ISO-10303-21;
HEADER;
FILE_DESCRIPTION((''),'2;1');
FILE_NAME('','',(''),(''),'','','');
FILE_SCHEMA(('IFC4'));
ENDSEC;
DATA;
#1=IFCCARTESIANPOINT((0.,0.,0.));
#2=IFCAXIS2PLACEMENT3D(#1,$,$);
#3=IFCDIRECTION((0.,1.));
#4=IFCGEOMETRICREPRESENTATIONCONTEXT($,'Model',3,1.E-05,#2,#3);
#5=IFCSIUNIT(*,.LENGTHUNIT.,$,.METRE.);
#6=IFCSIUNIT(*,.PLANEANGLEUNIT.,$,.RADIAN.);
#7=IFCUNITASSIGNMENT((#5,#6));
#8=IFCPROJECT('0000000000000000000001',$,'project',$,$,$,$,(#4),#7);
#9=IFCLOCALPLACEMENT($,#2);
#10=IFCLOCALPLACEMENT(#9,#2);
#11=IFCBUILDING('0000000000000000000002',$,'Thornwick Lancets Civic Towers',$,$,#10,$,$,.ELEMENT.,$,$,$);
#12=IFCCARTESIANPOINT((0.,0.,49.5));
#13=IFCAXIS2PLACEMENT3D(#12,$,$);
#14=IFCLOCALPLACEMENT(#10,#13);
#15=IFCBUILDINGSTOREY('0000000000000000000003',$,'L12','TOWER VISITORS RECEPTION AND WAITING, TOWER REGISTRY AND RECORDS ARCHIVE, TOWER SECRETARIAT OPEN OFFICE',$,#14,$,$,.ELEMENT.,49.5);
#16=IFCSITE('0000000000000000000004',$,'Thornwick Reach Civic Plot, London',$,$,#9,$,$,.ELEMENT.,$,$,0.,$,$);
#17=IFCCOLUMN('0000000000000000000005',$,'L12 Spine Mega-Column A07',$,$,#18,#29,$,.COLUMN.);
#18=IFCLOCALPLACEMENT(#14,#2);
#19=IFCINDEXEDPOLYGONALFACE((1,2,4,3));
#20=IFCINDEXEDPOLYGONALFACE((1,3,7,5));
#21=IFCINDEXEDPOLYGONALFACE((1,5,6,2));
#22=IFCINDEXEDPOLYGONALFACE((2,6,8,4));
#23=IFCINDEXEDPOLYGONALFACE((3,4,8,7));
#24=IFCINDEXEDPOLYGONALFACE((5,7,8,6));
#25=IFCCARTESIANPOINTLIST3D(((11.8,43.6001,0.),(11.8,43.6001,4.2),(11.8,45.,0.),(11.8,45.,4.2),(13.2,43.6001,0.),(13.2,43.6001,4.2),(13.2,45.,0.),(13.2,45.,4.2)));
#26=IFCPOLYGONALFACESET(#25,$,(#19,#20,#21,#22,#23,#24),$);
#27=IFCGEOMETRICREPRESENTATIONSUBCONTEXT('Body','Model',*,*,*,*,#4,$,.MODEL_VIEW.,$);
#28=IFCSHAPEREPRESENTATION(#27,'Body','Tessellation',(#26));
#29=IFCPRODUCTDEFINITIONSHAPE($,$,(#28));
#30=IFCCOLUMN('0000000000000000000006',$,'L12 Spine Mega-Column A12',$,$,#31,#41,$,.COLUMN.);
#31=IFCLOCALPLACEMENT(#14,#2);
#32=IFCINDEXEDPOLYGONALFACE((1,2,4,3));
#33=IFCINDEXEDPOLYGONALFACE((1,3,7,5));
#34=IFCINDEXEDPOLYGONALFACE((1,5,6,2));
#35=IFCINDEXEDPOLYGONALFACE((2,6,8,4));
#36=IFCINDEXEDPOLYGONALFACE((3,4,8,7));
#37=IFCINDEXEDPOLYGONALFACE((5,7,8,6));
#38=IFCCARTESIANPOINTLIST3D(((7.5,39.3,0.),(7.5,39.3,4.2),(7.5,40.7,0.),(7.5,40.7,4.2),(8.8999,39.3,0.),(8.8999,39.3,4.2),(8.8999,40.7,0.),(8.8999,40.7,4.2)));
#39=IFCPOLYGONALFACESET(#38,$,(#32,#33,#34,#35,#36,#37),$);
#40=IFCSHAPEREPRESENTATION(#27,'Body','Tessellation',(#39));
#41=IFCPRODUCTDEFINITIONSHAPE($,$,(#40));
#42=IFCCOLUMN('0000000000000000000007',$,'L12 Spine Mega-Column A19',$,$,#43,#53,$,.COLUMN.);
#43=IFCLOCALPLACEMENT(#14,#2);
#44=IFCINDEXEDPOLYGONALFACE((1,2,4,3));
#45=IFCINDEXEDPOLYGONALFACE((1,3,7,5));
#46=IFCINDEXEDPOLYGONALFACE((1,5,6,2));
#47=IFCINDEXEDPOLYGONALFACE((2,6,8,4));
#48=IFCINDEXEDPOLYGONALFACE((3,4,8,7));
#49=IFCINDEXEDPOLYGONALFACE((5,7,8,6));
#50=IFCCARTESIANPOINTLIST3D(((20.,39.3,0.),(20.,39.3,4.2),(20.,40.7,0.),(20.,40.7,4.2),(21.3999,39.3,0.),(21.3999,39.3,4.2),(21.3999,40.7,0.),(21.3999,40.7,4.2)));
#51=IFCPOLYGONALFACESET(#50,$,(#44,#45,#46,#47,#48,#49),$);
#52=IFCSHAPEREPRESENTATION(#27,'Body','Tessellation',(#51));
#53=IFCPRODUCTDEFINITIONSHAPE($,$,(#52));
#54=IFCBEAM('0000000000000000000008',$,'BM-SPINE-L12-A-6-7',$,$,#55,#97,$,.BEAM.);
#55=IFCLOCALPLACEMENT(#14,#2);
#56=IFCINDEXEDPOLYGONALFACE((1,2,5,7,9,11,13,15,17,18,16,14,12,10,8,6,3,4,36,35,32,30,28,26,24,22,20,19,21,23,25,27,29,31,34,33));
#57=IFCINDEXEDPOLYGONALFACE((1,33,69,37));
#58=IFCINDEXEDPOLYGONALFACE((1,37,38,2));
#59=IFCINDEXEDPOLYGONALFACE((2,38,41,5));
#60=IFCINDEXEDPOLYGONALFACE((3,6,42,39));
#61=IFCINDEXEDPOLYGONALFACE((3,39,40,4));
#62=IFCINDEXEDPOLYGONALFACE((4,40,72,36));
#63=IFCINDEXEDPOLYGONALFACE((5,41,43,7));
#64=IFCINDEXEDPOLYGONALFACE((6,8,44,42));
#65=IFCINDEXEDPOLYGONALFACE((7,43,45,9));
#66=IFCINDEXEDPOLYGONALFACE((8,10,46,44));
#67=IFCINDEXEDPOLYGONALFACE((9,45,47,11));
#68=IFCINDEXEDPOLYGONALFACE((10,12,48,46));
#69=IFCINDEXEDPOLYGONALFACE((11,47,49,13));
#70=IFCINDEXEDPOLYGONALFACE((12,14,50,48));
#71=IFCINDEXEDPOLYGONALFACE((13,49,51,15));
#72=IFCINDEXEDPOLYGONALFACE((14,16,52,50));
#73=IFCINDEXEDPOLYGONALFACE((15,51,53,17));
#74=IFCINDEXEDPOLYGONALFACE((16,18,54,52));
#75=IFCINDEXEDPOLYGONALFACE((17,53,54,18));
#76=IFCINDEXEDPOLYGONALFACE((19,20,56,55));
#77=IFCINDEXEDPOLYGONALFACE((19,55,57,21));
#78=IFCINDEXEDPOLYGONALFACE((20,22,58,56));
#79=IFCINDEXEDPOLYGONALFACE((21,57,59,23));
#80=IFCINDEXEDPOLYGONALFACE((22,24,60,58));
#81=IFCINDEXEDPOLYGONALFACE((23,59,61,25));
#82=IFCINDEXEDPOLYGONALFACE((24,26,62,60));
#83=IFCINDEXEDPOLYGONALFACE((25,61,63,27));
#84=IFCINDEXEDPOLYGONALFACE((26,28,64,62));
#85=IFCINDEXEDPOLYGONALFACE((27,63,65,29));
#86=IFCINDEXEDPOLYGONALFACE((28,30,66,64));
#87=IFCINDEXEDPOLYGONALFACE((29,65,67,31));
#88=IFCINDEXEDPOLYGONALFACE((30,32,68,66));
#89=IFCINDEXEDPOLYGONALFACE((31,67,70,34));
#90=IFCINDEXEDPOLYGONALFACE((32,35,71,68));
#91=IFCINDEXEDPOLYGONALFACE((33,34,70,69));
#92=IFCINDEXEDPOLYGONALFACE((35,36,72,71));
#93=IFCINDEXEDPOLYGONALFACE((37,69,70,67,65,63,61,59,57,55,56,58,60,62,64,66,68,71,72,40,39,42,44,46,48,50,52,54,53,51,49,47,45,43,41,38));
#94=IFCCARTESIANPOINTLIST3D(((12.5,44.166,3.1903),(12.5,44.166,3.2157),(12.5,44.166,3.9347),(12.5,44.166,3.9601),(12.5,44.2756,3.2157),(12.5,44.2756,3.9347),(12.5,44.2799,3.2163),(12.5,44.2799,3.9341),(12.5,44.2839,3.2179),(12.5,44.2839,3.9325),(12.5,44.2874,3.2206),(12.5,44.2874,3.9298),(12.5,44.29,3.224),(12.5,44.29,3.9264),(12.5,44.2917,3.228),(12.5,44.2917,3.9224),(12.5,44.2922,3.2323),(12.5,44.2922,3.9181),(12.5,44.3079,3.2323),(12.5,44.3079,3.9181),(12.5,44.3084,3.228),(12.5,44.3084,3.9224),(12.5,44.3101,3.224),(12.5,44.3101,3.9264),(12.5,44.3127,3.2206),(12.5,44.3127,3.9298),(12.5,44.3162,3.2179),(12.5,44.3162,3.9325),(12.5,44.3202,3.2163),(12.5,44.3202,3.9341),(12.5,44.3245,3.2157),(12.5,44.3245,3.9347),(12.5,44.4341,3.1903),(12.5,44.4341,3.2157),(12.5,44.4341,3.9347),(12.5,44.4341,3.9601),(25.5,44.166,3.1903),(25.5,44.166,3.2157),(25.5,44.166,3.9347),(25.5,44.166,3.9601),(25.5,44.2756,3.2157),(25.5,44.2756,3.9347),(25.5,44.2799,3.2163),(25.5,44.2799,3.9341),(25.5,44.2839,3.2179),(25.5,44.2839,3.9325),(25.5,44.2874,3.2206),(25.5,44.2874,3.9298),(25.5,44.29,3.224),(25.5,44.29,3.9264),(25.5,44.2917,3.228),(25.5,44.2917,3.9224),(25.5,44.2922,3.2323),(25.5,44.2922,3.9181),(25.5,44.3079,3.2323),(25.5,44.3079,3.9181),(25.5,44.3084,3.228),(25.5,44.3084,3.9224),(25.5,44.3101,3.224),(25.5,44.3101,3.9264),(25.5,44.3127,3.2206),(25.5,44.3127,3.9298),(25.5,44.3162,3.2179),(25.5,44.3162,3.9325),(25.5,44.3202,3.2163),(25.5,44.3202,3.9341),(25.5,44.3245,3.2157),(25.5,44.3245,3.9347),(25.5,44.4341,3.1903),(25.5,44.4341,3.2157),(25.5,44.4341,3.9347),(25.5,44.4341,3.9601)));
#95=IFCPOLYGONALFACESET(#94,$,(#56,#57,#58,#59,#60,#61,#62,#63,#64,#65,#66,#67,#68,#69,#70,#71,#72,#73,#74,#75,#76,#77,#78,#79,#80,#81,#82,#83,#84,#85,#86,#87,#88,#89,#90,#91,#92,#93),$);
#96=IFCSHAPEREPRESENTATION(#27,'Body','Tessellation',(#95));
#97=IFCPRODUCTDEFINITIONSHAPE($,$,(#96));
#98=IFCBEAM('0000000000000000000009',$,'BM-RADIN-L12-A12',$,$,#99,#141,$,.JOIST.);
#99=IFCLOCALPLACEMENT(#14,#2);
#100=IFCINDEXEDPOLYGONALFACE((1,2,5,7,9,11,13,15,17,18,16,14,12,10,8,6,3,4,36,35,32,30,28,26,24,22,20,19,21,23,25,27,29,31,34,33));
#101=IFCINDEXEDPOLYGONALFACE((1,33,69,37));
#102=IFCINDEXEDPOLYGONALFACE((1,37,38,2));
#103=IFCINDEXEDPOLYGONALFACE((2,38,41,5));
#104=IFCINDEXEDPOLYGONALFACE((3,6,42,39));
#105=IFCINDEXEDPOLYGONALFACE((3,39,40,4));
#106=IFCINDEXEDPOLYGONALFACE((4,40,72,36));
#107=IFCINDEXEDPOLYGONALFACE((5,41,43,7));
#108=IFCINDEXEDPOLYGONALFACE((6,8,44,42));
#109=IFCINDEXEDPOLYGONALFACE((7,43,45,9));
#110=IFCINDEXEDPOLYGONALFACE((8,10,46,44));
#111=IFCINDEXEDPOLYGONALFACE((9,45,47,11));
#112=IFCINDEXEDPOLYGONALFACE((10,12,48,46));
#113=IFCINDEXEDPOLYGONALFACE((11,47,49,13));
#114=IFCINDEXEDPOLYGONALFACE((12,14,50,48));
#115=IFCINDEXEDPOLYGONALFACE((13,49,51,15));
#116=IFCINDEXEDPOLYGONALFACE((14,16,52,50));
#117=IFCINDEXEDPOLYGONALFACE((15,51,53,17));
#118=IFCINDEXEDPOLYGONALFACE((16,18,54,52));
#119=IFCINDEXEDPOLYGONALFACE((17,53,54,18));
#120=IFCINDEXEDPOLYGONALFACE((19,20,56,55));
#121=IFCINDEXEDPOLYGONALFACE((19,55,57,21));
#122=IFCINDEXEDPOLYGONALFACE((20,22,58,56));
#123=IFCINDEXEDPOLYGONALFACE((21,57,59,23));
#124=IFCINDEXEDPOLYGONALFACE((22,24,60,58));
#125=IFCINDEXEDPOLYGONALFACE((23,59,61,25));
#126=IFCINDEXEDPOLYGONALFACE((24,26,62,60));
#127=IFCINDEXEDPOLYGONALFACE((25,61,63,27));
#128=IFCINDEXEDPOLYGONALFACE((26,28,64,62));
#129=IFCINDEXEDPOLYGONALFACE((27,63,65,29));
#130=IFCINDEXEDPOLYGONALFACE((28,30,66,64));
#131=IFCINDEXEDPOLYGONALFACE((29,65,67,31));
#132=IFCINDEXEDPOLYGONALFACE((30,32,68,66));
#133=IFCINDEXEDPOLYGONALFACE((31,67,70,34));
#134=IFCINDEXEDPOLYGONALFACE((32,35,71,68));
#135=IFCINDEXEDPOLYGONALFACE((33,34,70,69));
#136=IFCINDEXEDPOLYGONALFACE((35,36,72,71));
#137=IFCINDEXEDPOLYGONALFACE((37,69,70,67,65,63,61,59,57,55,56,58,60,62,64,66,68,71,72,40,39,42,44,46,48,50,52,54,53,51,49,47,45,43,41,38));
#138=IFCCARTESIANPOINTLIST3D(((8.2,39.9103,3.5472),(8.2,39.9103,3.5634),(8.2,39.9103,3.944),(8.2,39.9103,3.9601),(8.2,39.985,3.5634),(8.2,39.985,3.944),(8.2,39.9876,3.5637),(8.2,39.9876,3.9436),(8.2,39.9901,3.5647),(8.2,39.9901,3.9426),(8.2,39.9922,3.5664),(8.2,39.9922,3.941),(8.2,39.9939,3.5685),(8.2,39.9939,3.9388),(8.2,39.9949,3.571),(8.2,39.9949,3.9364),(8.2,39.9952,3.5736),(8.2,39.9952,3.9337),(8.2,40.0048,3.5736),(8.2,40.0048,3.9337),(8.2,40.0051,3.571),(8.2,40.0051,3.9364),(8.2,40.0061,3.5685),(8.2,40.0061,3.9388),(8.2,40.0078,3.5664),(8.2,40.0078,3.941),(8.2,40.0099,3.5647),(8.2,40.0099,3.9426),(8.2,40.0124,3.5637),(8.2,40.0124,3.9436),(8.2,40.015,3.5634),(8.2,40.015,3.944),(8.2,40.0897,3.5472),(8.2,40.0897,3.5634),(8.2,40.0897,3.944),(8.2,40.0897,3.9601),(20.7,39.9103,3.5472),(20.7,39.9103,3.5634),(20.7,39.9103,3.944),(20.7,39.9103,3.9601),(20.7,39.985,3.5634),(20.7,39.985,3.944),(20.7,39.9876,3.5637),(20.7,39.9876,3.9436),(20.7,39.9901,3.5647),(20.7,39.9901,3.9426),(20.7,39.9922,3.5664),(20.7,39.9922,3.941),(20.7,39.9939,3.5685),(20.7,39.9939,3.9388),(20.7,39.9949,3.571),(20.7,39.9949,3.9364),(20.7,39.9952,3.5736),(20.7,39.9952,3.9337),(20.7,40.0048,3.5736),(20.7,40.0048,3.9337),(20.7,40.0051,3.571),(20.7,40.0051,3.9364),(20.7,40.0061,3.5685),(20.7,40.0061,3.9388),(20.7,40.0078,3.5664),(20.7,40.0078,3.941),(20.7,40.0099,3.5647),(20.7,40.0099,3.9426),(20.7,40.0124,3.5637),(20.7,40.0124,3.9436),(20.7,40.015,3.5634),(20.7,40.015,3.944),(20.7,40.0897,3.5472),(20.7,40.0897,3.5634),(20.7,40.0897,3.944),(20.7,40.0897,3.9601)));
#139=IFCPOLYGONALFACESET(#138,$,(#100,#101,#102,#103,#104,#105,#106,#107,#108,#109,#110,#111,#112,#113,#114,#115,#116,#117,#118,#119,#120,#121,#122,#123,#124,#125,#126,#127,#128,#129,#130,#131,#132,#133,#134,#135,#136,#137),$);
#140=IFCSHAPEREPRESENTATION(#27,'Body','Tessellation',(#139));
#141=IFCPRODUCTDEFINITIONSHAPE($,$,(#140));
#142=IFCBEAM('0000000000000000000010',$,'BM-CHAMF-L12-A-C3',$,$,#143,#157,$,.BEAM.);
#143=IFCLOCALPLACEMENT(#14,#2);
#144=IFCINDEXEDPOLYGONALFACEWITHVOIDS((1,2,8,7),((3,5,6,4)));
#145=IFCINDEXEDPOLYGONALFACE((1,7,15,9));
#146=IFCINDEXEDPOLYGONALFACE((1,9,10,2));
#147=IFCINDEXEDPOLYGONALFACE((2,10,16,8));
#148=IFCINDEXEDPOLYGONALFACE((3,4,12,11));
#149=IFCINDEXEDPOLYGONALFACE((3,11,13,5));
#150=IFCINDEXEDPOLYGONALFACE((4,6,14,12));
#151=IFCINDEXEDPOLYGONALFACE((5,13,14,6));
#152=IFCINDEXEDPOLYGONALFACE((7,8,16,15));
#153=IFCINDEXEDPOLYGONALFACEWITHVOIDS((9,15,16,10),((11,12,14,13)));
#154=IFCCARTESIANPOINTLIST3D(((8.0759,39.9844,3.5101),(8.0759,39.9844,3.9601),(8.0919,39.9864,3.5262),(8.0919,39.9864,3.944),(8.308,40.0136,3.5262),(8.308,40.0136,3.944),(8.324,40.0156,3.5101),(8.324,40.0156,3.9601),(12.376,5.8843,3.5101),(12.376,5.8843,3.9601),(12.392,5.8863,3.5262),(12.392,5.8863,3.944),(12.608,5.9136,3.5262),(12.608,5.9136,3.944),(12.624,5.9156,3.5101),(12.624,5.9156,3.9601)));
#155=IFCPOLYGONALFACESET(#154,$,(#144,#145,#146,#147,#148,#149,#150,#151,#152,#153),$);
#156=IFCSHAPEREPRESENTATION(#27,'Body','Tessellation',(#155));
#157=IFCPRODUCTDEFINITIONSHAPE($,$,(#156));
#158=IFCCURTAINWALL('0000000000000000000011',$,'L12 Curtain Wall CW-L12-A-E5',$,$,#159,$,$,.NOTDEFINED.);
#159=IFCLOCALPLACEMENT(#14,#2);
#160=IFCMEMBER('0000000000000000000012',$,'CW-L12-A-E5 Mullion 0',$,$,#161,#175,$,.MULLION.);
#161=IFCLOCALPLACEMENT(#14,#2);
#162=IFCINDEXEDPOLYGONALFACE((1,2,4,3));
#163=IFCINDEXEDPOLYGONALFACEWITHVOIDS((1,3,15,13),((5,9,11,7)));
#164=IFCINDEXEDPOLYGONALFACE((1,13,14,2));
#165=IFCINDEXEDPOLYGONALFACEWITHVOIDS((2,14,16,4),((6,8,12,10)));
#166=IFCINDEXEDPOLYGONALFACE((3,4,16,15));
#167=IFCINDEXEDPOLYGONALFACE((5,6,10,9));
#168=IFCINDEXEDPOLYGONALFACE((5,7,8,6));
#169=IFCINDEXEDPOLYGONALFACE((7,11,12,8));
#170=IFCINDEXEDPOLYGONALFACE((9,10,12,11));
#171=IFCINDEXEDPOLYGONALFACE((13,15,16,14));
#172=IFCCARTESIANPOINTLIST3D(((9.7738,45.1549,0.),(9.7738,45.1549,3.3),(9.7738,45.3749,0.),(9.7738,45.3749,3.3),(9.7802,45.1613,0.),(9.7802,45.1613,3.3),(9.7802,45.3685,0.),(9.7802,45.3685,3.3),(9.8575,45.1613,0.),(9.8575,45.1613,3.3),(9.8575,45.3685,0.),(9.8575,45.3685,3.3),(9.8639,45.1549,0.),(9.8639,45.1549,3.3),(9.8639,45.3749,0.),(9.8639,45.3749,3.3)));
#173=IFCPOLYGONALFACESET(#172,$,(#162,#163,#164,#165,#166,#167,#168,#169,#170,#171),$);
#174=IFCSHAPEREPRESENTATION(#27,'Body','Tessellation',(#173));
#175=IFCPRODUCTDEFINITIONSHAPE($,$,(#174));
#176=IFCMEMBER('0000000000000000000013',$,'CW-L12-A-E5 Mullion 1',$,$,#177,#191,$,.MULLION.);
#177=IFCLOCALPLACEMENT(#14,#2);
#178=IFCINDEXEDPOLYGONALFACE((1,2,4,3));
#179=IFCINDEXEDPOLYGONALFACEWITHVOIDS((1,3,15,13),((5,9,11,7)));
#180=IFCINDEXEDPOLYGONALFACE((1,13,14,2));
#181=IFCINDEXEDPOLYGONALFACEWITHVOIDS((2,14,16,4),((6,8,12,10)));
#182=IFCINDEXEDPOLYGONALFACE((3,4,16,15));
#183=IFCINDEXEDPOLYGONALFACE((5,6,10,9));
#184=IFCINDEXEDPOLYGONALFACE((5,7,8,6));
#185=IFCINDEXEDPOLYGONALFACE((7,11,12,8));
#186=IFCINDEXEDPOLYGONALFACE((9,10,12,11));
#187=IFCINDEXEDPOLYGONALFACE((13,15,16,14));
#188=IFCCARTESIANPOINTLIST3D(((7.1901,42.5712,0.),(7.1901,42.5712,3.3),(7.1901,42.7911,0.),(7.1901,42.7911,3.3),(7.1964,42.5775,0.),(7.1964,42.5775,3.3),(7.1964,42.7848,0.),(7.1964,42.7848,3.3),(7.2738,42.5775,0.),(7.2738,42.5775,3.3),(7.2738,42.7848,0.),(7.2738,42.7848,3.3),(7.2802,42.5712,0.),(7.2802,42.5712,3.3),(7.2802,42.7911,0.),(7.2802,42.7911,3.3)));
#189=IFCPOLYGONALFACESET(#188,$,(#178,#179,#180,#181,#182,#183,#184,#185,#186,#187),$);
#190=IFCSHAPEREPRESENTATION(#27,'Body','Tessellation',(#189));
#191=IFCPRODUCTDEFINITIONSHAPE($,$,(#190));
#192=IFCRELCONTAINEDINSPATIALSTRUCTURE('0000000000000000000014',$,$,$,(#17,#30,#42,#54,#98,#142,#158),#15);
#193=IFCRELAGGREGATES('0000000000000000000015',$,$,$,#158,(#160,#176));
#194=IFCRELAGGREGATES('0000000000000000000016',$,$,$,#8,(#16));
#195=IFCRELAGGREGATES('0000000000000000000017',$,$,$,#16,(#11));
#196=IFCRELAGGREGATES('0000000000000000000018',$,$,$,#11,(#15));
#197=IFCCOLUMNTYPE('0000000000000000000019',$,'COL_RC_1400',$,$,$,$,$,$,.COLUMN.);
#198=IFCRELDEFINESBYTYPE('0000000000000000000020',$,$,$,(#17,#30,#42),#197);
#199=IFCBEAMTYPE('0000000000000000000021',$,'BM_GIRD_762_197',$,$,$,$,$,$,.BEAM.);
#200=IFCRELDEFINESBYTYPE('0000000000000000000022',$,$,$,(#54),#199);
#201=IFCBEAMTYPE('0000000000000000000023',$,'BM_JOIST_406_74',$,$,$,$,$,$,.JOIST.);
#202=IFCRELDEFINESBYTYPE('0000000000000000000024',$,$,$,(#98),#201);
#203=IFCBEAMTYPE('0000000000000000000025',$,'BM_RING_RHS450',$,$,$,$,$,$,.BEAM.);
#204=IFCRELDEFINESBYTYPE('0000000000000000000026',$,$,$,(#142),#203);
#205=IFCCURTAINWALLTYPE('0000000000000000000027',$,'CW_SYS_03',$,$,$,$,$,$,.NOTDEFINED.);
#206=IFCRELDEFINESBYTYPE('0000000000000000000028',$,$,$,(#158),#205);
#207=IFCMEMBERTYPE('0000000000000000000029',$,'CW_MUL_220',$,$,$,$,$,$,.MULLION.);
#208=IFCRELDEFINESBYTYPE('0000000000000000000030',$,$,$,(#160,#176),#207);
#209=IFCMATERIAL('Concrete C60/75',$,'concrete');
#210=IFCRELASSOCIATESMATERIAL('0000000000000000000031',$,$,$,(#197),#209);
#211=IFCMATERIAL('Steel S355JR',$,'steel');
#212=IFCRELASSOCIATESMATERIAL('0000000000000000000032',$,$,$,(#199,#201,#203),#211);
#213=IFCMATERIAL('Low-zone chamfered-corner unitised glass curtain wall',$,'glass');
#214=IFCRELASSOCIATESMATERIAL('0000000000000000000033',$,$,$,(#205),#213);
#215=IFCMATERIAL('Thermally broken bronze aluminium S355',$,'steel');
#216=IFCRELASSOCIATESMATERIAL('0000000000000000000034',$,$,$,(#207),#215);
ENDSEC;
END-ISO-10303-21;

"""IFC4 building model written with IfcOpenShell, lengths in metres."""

from ifc_helpers import new_model, si_unit, direction, frame, origin, origin_2d, place, context, subcontext, project, spatial, rectangle, hollow_rectangle, i_section, extrude, material, material_profile, profile_set, type_object, element, aggregate, save


model = new_model("IFC4")

# Units and contexts
model_context = context("Model", 3, precision=1e-05, world=origin(), true_north=direction((0.0, 1.0)))
body_context = subcontext(model_context, "Body", "Model", "MODEL_VIEW")
ifc_project = project(units=[si_unit("LENGTHUNIT", "METRE"), si_unit("PLANEANGLEUNIT", "RADIAN")], contexts=[model_context])

# Site, building, storey
site_placement = place(None, origin())
site = spatial("IfcSite", under=ifc_project, at=site_placement, Name="Thornwick Reach Civic Plot, London", CompositionType="ELEMENT", RefElevation=0.0)
building_placement = place(site_placement, origin())
building = spatial("IfcBuilding", under=site, at=building_placement, Name="Thornwick Lancets Civic Towers", CompositionType="ELEMENT")
storey_placement = place(building_placement, frame((0.0, 0.0, 49.5)))
storey = spatial("IfcBuildingStorey", under=building, at=storey_placement, Name="L12", Description="TOWER VISITORS RECEPTION AND WAITING, TOWER REGISTRY AND RECORDS ARCHIVE, TOWER SECRETARIAT OPEN OFFICE", CompositionType="ELEMENT", Elevation=49.5)

# Columns
ifc_material_1 = material(Name="Concrete C60/75", Category="concrete")
ifc_material_profile_1 = material_profile(ifc_material_1, rectangle(XDim=1.3999, YDim=1.3999, at=origin_2d()), Name="RC 1400x1400")
ifc_profile_set_1 = profile_set([ifc_material_profile_1], Name="Concrete C60/75")
column_type = type_object("IfcColumnType", Name="COL_RC_1400", PredefinedType="COLUMN", material=ifc_profile_set_1)
for number, where, z_axis, x_axis, name in (
    (1, (12.5, 44.3, 0.0), (0.0, 0.0, 1.0), (1.0, 0.0, 0.0), "L12 Spine Mega-Column A07"),
    (2, (8.2, 40.0, 0.0), (0.0, 0.0, 1.0), (1.0, 0.0, 0.0), "L12 Spine Mega-Column A12"),
    (3, (20.7, 40.0, 0.0), (0.0, 0.0, 1.0), (1.0, 0.0, 0.0), "L12 Spine Mega-Column A19"),
):
    element("IfcColumn", number, at=place(storey_placement, frame(where, z_axis=z_axis, x_axis=x_axis)), inside=storey, type_object=column_type, Name=name, PredefinedType="COLUMN", context=body_context, shape_type="SweptSolid", body=[
        extrude(rectangle(XDim=1.3999, YDim=1.3999, at=origin_2d()), origin(), (0.0, 0.0, 1.0), 4.2),
    ])

# Beams
ifc_material_2 = material(Name="Steel S355JR", Category="steel")
ifc_material_profile_2 = material_profile(ifc_material_2, i_section(OverallWidth=0.2681, OverallDepth=0.7698, WebThickness=0.0156, FlangeThickness=0.0254, FilletRadius=0.0166, at=origin_2d()), Name="UKB 762x267x197")
ifc_profile_set_2 = profile_set([ifc_material_profile_2], Name="Steel S355JR")
beam_type_1 = type_object("IfcBeamType", Name="BM_GIRD_762_197", PredefinedType="BEAM", material=ifc_profile_set_2)
beam_1_placement = place(storey_placement, frame((12.5, 44.3, 3.5752), z_axis=(1.0, 0.0, 0.0), x_axis=(0.0, 1.0, 0.0)))
element("IfcBeam", 4, at=beam_1_placement, inside=storey, type_object=beam_type_1, Name="BM-SPINE-L12-A-6-7", PredefinedType="BEAM", context=body_context, shape_type="SweptSolid", body=[
    extrude(i_section(OverallWidth=0.2681, OverallDepth=0.7698, WebThickness=0.0156, FlangeThickness=0.0254, FilletRadius=0.0166, at=origin_2d()), origin(), (0.0, 0.0, 1.0), 13.0),
])
ifc_material_profile_3 = material_profile(ifc_material_2, i_section(OverallWidth=0.1794, OverallDepth=0.4128, WebThickness=0.0095, FlangeThickness=0.0161, FilletRadius=0.0103, at=origin_2d()), Name="UKB 406x178x74")
ifc_profile_set_3 = profile_set([ifc_material_profile_3], Name="Steel S355JR")
beam_type_2 = type_object("IfcBeamType", Name="BM_JOIST_406_74", PredefinedType="JOIST", material=ifc_profile_set_3)
beam_2_placement = place(storey_placement, frame((20.7, 40.0, 3.7537), z_axis=(-1.0, 0.0, 0.0), x_axis=(0.0, -1.0, 0.0)))
element("IfcBeam", 5, at=beam_2_placement, inside=storey, type_object=beam_type_2, Name="BM-RADIN-L12-A12", PredefinedType="JOIST", context=body_context, shape_type="SweptSolid", body=[
    extrude(i_section(OverallWidth=0.1794, OverallDepth=0.4128, WebThickness=0.0095, FlangeThickness=0.0161, FilletRadius=0.0103, at=origin_2d()), origin(), (0.0, 0.0, 1.0), 12.5),
])
ifc_material_profile_4 = material_profile(ifc_material_2, hollow_rectangle(XDim=0.25, YDim=0.45, WallThickness=0.0161, at=origin_2d()), Name="RHS 450x250x16")
ifc_profile_set_4 = profile_set([ifc_material_profile_4], Name="Steel S355JR")
beam_type_3 = type_object("IfcBeamType", Name="BM_RING_RHS450", PredefinedType="BEAM", material=ifc_profile_set_4)
beam_3_placement = place(storey_placement, frame((8.2, 40.0, 3.7351), z_axis=(0.12511, -0.992143, 0.0), x_axis=(0.992143, 0.12511, 0.0)))
element("IfcBeam", 6, at=beam_3_placement, inside=storey, type_object=beam_type_3, Name="BM-CHAMF-L12-A-C3", PredefinedType="BEAM", context=body_context, shape_type="SweptSolid", body=[
    extrude(hollow_rectangle(XDim=0.25, YDim=0.45, WallThickness=0.0161, at=origin_2d()), origin(), (0.0, 0.0, 1.0), 34.3701),
])

# Curtain wall, members
ifc_material_3 = material(Name="Low-zone chamfered-corner unitised glass curtain wall", Category="glass")
curtain_wall_type = type_object("IfcCurtainWallType", Name="CW_SYS_03", PredefinedType="NOTDEFINED", material=ifc_material_3)
curtain_wall_placement = place(storey_placement, origin())
curtain_wall = element("IfcCurtainWall", 7, at=curtain_wall_placement, inside=storey, type_object=curtain_wall_type, Name="L12 Curtain Wall CW-L12-A-E5", PredefinedType="NOTDEFINED")
ifc_material_4 = material(Name="Thermally broken bronze aluminium S355", Category="steel")
ifc_material_profile_5 = material_profile(ifc_material_4, hollow_rectangle(XDim=0.0901, YDim=0.22, WallThickness=0.0063, at=origin_2d()), Name="RHS 220x90x6.3")
ifc_profile_set_5 = profile_set([ifc_material_profile_5], Name="Thermally broken bronze aluminium S355")
member_type_1 = type_object("IfcMemberType", Name="CW_MUL_220", PredefinedType="MULLION", material=ifc_profile_set_5)
member_1_placement = place(storey_placement, frame((9.8188, 45.2649, 0.0), z_axis=(0.0, 0.0, 1.0), x_axis=(1.0, 0.0, 0.0)))
member_1 = element("IfcMember", 8, at=member_1_placement, type_object=member_type_1, Name="CW-L12-A-E5 Mullion 0", PredefinedType="MULLION", context=body_context, shape_type="SweptSolid", body=[
    extrude(hollow_rectangle(XDim=0.0901, YDim=0.22, WallThickness=0.0063, at=origin_2d()), origin(), (0.0, 0.0, 1.0), 3.3),
])
member_2_placement = place(storey_placement, frame((7.2351, 42.6812, 0.0), z_axis=(0.0, 0.0, 1.0), x_axis=(1.0, 0.0, 0.0)))
member_2 = element("IfcMember", 9, at=member_2_placement, type_object=member_type_1, Name="CW-L12-A-E5 Mullion 1", PredefinedType="MULLION", context=body_context, shape_type="SweptSolid", body=[
    extrude(hollow_rectangle(XDim=0.0901, YDim=0.22, WallThickness=0.0063, at=origin_2d()), origin(), (0.0, 0.0, 1.0), 3.3),
])
aggregate(curtain_wall, [member_1, member_2])

save(model, "model.ifc")
